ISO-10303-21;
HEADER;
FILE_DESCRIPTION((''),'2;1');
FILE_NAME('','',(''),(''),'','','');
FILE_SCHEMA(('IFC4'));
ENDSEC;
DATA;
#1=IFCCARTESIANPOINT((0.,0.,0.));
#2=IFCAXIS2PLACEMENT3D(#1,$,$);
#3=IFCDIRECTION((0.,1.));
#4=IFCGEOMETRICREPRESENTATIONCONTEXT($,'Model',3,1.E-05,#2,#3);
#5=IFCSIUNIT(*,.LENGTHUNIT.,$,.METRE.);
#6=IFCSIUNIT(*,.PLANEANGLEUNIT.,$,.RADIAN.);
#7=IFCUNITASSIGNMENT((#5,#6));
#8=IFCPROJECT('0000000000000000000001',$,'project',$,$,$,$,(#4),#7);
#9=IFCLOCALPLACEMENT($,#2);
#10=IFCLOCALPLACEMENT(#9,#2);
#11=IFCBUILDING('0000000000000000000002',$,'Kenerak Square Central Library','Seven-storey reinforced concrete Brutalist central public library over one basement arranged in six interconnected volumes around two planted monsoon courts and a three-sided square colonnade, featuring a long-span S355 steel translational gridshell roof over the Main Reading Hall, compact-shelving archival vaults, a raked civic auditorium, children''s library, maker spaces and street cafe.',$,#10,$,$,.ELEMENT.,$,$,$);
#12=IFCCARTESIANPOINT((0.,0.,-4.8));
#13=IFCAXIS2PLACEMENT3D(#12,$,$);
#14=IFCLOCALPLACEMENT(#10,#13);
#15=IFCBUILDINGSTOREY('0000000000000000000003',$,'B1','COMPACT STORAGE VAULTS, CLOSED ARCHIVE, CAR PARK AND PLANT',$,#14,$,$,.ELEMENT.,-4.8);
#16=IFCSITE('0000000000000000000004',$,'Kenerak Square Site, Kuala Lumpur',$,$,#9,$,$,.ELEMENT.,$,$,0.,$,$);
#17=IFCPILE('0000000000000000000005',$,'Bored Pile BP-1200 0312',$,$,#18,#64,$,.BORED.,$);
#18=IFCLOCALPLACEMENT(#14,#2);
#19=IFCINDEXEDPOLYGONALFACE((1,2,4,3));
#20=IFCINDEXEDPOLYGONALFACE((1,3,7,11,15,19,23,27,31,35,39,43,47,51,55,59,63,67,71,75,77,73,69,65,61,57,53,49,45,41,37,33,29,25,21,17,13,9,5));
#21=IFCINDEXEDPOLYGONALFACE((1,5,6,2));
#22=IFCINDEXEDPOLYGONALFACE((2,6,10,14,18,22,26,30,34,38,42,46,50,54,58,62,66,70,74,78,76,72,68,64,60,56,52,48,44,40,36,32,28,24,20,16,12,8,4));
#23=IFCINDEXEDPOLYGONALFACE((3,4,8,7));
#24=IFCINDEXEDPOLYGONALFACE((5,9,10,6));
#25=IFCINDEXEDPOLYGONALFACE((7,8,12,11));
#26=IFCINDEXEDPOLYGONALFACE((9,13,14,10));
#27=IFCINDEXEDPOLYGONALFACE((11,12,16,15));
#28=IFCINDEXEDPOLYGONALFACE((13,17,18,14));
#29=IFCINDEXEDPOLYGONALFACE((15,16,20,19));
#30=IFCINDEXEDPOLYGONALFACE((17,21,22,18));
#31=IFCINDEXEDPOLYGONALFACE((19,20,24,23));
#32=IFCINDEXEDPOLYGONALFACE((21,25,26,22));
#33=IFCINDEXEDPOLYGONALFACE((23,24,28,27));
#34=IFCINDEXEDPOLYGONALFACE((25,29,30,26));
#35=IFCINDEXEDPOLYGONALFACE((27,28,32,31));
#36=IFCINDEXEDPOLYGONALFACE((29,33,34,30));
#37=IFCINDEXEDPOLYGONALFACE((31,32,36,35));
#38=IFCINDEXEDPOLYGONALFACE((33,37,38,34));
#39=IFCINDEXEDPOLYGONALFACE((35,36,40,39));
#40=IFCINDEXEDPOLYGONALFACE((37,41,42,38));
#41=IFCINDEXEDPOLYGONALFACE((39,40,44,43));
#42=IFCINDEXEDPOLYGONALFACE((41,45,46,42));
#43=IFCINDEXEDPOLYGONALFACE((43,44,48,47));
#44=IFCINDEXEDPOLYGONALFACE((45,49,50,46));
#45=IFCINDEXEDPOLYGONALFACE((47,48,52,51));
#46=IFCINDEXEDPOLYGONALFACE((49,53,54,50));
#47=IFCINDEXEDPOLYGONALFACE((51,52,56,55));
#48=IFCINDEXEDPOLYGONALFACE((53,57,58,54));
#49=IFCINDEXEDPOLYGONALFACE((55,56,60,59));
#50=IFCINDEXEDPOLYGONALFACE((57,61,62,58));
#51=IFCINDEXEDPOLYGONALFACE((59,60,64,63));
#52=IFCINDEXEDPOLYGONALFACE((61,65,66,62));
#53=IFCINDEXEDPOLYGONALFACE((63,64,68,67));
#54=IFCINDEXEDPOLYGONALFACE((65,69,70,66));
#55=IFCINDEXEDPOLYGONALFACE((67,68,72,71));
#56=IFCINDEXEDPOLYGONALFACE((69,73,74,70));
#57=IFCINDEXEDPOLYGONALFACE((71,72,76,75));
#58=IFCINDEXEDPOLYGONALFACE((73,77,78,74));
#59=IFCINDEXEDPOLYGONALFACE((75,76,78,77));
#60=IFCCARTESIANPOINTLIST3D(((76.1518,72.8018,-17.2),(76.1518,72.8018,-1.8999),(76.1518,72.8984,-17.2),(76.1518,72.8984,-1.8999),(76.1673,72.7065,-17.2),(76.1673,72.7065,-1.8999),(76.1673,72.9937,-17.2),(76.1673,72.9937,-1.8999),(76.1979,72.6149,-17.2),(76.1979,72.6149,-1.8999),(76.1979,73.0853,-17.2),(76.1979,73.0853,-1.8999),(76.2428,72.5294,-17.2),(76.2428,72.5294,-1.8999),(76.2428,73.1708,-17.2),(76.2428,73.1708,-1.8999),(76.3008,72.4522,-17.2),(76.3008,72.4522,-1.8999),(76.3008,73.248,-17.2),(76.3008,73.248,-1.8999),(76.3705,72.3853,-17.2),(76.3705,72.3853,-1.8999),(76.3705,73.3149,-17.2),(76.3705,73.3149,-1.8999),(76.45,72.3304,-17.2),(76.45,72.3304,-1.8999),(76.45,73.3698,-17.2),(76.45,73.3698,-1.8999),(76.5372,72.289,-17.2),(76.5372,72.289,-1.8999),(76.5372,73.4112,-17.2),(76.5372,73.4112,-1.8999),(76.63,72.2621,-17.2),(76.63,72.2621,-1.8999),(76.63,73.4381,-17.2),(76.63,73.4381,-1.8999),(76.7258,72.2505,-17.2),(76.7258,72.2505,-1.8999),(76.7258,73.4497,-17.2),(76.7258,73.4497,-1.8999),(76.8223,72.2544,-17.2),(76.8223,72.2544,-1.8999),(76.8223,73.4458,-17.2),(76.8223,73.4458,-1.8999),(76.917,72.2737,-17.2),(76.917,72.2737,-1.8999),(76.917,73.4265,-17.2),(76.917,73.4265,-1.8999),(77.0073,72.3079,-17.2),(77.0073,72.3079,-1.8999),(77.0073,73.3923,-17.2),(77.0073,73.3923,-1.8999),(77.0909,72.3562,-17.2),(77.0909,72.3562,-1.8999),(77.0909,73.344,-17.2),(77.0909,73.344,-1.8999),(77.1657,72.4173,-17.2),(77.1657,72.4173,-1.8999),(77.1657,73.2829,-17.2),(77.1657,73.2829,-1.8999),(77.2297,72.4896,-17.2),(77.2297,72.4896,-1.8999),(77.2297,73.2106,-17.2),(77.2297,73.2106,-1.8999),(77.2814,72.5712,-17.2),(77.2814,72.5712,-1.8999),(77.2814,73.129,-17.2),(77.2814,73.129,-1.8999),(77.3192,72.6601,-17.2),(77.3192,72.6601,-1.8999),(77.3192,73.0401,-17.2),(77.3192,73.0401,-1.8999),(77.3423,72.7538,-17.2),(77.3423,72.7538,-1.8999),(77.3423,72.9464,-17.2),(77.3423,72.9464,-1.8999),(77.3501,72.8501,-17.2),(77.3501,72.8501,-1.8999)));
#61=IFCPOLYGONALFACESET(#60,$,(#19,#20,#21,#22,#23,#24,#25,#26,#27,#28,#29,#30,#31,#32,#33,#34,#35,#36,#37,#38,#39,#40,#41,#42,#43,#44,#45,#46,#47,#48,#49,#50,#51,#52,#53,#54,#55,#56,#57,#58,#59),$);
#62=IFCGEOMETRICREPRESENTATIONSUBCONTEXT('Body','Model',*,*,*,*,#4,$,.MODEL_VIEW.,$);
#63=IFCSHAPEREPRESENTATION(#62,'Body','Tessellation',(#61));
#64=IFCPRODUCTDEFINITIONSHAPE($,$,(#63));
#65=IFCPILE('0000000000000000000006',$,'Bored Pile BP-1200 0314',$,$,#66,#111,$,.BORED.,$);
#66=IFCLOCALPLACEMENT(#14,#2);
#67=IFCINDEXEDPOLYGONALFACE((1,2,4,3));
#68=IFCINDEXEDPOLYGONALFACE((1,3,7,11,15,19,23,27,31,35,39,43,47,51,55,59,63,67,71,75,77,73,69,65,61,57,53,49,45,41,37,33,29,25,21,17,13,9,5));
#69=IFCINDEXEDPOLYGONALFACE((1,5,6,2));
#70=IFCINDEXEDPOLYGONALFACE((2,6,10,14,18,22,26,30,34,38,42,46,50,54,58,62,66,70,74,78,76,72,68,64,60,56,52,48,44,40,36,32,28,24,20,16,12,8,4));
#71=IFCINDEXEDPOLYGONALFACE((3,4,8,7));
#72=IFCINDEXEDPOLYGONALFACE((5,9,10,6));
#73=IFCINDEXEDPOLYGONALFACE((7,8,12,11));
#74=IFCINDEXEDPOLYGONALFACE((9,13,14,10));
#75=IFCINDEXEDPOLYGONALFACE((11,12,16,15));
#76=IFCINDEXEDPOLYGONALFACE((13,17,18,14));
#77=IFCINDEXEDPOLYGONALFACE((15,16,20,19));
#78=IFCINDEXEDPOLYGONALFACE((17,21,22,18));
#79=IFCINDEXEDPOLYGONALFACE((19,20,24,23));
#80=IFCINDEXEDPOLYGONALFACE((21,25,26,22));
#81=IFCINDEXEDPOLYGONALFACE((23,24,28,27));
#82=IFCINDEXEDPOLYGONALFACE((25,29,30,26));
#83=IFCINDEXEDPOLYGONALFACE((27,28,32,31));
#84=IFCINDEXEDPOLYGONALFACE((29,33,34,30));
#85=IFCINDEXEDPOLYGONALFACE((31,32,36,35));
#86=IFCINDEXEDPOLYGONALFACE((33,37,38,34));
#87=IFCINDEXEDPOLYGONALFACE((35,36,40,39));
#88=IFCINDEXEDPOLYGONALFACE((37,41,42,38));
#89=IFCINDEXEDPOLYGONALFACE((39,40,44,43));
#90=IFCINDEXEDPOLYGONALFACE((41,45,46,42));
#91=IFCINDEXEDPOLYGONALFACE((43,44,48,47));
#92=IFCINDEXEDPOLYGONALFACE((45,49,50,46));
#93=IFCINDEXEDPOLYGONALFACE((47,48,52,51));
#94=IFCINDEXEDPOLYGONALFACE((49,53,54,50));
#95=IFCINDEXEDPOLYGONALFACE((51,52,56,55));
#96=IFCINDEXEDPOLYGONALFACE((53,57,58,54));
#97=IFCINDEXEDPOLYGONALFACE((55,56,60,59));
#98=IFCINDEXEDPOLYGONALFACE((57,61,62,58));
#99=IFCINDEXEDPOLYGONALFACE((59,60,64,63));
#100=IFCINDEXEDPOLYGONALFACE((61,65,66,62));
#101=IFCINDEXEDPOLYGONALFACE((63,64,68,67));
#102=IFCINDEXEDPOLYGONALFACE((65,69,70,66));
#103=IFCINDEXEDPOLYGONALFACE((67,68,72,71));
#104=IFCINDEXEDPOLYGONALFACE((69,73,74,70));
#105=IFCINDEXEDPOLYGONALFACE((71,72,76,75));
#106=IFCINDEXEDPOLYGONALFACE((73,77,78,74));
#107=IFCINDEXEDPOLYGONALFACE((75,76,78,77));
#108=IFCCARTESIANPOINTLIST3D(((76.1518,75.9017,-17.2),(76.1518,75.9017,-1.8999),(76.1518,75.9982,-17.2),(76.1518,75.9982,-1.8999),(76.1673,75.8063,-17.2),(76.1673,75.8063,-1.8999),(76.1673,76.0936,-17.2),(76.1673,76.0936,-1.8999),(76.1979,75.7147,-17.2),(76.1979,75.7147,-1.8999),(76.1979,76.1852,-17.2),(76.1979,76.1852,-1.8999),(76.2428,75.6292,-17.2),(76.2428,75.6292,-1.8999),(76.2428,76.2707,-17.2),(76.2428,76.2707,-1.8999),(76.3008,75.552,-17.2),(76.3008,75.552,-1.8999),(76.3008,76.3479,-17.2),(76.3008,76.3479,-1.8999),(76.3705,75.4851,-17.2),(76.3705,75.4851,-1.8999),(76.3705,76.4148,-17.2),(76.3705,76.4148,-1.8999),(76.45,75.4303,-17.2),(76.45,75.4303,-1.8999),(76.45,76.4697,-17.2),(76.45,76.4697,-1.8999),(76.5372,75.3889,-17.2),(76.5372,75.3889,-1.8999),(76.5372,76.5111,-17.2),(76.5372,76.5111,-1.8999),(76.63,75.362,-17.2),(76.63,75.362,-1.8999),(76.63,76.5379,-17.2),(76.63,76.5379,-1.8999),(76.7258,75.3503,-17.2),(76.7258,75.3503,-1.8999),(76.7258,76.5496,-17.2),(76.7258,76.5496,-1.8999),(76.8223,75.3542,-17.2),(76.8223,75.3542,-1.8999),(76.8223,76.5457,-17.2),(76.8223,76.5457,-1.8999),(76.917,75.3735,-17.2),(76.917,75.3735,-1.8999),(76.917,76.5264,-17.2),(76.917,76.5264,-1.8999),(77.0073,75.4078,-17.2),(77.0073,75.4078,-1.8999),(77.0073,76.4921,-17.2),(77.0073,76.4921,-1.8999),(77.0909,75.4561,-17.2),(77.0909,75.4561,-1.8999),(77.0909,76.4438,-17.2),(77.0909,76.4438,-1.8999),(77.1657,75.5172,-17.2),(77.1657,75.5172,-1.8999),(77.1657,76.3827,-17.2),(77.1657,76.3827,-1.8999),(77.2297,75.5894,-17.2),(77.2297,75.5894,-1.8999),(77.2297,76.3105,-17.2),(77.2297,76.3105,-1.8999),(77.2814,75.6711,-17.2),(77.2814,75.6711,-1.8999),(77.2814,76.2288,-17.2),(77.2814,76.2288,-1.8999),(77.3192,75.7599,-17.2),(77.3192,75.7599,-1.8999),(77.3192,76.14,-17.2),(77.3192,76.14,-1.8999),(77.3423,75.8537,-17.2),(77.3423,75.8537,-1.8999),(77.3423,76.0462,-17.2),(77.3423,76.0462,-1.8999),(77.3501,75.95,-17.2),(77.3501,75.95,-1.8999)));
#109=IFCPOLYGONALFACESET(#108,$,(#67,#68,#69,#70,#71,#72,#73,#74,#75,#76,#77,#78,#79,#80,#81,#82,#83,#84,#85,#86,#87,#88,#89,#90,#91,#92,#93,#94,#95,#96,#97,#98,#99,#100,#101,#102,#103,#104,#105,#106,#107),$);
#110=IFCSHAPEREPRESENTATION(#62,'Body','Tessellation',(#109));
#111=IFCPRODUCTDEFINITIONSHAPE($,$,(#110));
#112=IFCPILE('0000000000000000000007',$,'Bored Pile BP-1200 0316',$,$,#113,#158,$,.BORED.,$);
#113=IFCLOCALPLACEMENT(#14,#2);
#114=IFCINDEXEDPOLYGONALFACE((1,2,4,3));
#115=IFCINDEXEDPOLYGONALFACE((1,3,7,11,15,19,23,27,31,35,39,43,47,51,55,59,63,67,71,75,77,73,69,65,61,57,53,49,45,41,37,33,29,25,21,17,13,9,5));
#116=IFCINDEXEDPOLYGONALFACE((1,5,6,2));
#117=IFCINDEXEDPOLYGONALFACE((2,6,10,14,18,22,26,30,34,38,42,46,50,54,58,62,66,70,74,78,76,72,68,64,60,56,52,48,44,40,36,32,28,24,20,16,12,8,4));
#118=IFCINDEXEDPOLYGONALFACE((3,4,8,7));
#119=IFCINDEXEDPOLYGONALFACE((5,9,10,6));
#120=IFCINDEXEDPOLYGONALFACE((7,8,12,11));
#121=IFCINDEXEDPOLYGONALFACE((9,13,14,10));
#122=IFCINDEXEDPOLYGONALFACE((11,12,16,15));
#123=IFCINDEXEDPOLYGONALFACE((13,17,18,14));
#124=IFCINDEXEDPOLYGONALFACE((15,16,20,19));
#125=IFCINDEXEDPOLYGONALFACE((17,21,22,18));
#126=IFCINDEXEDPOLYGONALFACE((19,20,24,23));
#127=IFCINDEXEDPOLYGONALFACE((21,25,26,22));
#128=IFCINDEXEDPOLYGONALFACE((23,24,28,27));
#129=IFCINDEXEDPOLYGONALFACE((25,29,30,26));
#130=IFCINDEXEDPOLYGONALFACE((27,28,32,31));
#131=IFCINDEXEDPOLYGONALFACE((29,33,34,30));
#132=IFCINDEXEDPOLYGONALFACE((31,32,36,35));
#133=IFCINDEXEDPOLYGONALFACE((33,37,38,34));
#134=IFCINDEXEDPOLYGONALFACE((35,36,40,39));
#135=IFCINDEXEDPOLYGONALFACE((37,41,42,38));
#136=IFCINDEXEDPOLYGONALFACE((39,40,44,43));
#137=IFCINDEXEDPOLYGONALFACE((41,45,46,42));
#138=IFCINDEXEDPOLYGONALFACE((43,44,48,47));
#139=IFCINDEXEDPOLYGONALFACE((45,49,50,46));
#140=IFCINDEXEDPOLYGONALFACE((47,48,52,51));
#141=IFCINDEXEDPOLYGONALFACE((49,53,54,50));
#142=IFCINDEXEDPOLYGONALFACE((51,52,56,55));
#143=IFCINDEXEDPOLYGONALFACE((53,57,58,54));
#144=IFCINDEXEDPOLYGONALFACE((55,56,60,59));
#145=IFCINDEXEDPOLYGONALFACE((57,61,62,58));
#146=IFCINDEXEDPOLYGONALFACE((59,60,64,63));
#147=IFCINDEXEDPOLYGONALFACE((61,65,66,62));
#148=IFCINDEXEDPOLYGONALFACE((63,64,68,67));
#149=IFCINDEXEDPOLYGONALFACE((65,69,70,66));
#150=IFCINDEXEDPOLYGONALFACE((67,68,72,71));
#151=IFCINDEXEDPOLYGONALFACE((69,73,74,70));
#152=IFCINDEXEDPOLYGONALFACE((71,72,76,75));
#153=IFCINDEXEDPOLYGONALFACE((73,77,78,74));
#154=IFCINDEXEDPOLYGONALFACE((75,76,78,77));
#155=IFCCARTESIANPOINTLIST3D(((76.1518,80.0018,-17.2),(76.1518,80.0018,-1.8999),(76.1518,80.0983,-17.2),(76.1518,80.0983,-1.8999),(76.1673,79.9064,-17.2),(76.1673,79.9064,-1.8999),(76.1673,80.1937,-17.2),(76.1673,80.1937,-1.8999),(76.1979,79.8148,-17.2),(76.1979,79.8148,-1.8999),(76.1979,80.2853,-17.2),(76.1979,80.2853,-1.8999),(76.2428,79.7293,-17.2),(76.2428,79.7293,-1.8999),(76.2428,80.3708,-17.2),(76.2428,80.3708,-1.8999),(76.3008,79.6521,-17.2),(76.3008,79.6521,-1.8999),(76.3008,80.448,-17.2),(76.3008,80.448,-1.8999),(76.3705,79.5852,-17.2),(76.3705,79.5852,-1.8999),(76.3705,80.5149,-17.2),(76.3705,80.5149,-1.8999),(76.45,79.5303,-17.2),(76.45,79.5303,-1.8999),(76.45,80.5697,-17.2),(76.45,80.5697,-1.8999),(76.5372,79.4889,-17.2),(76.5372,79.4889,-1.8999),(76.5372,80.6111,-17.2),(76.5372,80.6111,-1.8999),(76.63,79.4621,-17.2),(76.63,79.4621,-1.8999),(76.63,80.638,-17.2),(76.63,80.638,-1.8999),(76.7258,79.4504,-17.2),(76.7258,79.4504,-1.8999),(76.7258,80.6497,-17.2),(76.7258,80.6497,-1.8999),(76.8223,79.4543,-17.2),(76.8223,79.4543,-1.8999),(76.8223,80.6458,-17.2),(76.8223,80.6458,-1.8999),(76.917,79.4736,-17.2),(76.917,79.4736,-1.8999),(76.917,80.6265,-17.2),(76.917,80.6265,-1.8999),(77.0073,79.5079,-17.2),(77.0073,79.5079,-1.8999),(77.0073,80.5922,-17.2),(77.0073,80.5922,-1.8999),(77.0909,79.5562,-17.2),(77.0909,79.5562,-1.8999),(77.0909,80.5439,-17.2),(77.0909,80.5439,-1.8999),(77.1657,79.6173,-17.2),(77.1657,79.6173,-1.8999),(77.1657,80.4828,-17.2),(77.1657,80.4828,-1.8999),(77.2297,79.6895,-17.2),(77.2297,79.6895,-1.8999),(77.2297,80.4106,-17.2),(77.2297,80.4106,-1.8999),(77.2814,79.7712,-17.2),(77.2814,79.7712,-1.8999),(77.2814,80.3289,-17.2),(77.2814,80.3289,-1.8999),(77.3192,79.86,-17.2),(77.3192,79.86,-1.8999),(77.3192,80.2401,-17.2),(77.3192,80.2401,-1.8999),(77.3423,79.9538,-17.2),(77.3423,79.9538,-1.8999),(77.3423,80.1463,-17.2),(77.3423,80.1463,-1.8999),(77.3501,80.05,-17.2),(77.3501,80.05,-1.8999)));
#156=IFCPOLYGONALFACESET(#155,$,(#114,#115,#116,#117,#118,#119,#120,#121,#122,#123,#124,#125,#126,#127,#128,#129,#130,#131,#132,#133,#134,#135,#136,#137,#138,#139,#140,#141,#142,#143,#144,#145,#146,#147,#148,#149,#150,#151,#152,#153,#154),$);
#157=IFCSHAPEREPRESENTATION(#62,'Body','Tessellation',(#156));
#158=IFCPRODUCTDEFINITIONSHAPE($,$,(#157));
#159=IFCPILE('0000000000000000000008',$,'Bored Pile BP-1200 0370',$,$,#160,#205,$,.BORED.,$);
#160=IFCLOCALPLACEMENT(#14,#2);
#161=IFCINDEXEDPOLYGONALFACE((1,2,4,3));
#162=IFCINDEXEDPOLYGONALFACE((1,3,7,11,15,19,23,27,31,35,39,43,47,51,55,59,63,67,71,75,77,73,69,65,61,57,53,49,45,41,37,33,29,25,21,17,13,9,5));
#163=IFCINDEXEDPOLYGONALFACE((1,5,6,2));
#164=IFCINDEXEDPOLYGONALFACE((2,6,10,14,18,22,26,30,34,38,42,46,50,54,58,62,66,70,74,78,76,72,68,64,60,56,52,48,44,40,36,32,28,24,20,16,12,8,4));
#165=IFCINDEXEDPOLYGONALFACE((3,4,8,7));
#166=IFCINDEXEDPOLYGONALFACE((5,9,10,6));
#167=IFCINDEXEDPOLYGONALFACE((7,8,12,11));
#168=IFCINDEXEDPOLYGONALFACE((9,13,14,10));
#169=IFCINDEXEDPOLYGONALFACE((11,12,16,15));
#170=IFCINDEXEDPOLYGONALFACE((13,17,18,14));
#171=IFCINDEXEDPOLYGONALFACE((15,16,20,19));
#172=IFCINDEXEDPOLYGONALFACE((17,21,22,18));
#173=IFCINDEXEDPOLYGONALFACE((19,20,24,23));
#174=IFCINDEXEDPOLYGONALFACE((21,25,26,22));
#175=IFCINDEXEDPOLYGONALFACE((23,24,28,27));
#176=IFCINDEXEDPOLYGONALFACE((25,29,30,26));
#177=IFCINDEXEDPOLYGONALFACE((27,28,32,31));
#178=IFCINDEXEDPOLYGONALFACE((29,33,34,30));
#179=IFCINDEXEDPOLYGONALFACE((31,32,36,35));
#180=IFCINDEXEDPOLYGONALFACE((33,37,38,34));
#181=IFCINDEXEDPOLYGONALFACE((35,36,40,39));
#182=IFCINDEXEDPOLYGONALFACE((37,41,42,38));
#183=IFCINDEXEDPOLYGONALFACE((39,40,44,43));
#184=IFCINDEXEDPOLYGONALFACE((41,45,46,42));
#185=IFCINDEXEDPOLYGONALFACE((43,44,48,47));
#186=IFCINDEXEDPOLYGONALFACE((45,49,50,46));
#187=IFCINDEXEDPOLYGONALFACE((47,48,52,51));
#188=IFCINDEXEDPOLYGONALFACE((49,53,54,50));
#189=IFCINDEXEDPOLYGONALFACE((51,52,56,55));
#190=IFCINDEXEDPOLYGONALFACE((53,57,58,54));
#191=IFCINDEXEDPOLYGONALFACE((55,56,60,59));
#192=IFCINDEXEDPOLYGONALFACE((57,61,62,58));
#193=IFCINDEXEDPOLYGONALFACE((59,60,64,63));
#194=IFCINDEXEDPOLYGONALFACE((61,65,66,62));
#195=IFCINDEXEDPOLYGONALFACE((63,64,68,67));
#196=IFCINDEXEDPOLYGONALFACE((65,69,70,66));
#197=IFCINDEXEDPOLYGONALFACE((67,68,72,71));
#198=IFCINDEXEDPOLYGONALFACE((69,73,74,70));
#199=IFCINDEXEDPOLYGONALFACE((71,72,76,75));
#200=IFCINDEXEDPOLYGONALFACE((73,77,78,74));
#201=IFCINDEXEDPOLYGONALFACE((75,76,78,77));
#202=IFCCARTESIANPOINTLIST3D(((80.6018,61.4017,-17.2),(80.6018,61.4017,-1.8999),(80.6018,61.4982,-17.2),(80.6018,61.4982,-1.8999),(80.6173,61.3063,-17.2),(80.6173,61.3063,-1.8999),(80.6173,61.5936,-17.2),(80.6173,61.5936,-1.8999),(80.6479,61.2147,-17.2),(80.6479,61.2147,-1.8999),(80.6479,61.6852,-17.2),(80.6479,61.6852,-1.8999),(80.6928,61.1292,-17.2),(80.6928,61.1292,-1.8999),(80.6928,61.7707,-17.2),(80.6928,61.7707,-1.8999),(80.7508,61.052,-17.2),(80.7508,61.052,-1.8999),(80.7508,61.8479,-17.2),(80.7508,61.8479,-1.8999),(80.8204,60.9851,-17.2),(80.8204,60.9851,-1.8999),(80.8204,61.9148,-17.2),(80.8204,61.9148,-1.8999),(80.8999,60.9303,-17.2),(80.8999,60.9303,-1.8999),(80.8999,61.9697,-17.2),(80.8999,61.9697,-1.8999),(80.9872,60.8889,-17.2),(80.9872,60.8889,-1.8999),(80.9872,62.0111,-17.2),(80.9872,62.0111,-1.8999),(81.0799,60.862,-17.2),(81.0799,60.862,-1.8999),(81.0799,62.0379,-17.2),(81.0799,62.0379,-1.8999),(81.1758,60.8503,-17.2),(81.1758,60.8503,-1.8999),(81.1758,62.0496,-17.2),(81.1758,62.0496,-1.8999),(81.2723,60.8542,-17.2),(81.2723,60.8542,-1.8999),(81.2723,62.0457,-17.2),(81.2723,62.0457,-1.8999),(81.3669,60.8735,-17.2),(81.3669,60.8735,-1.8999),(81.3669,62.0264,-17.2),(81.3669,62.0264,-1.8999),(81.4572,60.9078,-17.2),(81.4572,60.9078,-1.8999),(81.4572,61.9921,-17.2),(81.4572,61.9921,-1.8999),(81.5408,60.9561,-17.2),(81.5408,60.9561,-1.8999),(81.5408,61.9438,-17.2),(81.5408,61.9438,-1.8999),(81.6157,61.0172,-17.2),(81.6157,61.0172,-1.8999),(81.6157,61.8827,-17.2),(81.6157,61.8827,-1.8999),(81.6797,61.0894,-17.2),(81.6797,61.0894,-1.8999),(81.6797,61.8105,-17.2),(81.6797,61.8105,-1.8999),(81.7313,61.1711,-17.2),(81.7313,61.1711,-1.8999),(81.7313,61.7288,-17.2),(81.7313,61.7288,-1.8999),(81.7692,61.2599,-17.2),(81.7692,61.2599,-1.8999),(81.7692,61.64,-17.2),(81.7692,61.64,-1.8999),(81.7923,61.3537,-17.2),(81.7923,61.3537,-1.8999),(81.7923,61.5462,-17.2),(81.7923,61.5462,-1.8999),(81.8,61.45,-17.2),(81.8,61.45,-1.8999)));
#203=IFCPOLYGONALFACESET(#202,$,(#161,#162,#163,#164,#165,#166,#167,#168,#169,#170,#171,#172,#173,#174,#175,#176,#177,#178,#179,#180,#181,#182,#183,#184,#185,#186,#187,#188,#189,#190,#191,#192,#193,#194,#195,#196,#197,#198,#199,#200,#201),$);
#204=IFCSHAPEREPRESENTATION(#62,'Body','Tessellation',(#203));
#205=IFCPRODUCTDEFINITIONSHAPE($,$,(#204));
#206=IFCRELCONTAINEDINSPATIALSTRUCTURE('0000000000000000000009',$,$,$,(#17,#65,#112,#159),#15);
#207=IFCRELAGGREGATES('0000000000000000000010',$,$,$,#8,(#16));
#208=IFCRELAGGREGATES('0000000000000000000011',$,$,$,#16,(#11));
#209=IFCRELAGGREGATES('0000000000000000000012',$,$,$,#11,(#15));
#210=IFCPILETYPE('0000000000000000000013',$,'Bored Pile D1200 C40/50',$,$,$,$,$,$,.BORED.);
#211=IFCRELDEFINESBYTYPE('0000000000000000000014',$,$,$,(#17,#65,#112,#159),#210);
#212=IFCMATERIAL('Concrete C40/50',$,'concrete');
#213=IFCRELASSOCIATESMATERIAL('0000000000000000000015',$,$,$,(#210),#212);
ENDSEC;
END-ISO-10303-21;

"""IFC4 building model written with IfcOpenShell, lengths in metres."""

from ifc_helpers import new_model, si_unit, direction, frame, origin, origin_2d, place, context, subcontext, project, spatial, circle, extrude, material, material_profile, profile_set, type_object, element, save


model = new_model("IFC4")

# Units and contexts
model_context = context("Model", 3, precision=1e-05, world=origin(), true_north=direction((0.0, 1.0)))
body_context = subcontext(model_context, "Body", "Model", "MODEL_VIEW")
ifc_project = project(units=[si_unit("LENGTHUNIT", "METRE"), si_unit("PLANEANGLEUNIT", "RADIAN")], contexts=[model_context])

# Site, building, storey
site_placement = place(None, origin())
site = spatial("IfcSite", under=ifc_project, at=site_placement, Name="Kenerak Square Site, Kuala Lumpur", CompositionType="ELEMENT", RefElevation=0.0)
building_placement = place(site_placement, origin())
building = spatial("IfcBuilding", under=site, at=building_placement, Name="Kenerak Square Central Library", Description="Seven-storey reinforced concrete Brutalist central public library over one basement arranged in six interconnected volumes around two planted monsoon courts and a three-sided square colonnade, featuring a long-span S355 steel translational gridshell roof over the Main Reading Hall, compact-shelving archival vaults, a raked civic auditorium, children's library, maker spaces and street cafe.", CompositionType="ELEMENT")
storey_placement = place(building_placement, frame((0.0, 0.0, -4.8)))
storey = spatial("IfcBuildingStorey", under=building, at=storey_placement, Name="B1", Description="COMPACT STORAGE VAULTS, CLOSED ARCHIVE, CAR PARK AND PLANT", CompositionType="ELEMENT", Elevation=-4.8)

# Piles
ifc_material = material(Name="Concrete C40/50", Category="concrete")
ifc_material_profile_1 = material_profile(ifc_material, circle(Radius=0.6001, at=origin_2d()), Name="BP D1200")
ifc_profile_set_1 = profile_set([ifc_material_profile_1], Name="Concrete C40/50")
pile_type = type_object("IfcPileType", Name="Bored Pile D1200 C40/50", PredefinedType="BORED", material=ifc_profile_set_1)
for number, where, z_axis, x_axis, name in (
    (1, (76.75, 72.8501, -1.8999), (0.0, 0.0, -1.0), (1.0, 0.0, 0.0), "Bored Pile BP-1200 0312"),
    (2, (76.75, 75.95, -1.8999), (0.0, 0.0, -1.0), (1.0, 0.0, 0.0), "Bored Pile BP-1200 0314"),
    (3, (76.75, 80.05, -1.8999), (0.0, 0.0, -1.0), (1.0, 0.0, 0.0), "Bored Pile BP-1200 0316"),
    (4, (81.2, 61.45, -1.8999), (0.0, 0.0, -1.0), (1.0, 0.0, 0.0), "Bored Pile BP-1200 0370"),
):
    element("IfcPile", number, at=place(storey_placement, frame(where, z_axis=z_axis, x_axis=x_axis)), inside=storey, type_object=pile_type, Name=name, PredefinedType="BORED", context=body_context, shape_type="SweptSolid", body=[
        extrude(circle(Radius=0.6001, at=origin_2d()), origin(), (0.0, 0.0, 1.0), 15.3),
    ])

save(model, "model.ifc")
